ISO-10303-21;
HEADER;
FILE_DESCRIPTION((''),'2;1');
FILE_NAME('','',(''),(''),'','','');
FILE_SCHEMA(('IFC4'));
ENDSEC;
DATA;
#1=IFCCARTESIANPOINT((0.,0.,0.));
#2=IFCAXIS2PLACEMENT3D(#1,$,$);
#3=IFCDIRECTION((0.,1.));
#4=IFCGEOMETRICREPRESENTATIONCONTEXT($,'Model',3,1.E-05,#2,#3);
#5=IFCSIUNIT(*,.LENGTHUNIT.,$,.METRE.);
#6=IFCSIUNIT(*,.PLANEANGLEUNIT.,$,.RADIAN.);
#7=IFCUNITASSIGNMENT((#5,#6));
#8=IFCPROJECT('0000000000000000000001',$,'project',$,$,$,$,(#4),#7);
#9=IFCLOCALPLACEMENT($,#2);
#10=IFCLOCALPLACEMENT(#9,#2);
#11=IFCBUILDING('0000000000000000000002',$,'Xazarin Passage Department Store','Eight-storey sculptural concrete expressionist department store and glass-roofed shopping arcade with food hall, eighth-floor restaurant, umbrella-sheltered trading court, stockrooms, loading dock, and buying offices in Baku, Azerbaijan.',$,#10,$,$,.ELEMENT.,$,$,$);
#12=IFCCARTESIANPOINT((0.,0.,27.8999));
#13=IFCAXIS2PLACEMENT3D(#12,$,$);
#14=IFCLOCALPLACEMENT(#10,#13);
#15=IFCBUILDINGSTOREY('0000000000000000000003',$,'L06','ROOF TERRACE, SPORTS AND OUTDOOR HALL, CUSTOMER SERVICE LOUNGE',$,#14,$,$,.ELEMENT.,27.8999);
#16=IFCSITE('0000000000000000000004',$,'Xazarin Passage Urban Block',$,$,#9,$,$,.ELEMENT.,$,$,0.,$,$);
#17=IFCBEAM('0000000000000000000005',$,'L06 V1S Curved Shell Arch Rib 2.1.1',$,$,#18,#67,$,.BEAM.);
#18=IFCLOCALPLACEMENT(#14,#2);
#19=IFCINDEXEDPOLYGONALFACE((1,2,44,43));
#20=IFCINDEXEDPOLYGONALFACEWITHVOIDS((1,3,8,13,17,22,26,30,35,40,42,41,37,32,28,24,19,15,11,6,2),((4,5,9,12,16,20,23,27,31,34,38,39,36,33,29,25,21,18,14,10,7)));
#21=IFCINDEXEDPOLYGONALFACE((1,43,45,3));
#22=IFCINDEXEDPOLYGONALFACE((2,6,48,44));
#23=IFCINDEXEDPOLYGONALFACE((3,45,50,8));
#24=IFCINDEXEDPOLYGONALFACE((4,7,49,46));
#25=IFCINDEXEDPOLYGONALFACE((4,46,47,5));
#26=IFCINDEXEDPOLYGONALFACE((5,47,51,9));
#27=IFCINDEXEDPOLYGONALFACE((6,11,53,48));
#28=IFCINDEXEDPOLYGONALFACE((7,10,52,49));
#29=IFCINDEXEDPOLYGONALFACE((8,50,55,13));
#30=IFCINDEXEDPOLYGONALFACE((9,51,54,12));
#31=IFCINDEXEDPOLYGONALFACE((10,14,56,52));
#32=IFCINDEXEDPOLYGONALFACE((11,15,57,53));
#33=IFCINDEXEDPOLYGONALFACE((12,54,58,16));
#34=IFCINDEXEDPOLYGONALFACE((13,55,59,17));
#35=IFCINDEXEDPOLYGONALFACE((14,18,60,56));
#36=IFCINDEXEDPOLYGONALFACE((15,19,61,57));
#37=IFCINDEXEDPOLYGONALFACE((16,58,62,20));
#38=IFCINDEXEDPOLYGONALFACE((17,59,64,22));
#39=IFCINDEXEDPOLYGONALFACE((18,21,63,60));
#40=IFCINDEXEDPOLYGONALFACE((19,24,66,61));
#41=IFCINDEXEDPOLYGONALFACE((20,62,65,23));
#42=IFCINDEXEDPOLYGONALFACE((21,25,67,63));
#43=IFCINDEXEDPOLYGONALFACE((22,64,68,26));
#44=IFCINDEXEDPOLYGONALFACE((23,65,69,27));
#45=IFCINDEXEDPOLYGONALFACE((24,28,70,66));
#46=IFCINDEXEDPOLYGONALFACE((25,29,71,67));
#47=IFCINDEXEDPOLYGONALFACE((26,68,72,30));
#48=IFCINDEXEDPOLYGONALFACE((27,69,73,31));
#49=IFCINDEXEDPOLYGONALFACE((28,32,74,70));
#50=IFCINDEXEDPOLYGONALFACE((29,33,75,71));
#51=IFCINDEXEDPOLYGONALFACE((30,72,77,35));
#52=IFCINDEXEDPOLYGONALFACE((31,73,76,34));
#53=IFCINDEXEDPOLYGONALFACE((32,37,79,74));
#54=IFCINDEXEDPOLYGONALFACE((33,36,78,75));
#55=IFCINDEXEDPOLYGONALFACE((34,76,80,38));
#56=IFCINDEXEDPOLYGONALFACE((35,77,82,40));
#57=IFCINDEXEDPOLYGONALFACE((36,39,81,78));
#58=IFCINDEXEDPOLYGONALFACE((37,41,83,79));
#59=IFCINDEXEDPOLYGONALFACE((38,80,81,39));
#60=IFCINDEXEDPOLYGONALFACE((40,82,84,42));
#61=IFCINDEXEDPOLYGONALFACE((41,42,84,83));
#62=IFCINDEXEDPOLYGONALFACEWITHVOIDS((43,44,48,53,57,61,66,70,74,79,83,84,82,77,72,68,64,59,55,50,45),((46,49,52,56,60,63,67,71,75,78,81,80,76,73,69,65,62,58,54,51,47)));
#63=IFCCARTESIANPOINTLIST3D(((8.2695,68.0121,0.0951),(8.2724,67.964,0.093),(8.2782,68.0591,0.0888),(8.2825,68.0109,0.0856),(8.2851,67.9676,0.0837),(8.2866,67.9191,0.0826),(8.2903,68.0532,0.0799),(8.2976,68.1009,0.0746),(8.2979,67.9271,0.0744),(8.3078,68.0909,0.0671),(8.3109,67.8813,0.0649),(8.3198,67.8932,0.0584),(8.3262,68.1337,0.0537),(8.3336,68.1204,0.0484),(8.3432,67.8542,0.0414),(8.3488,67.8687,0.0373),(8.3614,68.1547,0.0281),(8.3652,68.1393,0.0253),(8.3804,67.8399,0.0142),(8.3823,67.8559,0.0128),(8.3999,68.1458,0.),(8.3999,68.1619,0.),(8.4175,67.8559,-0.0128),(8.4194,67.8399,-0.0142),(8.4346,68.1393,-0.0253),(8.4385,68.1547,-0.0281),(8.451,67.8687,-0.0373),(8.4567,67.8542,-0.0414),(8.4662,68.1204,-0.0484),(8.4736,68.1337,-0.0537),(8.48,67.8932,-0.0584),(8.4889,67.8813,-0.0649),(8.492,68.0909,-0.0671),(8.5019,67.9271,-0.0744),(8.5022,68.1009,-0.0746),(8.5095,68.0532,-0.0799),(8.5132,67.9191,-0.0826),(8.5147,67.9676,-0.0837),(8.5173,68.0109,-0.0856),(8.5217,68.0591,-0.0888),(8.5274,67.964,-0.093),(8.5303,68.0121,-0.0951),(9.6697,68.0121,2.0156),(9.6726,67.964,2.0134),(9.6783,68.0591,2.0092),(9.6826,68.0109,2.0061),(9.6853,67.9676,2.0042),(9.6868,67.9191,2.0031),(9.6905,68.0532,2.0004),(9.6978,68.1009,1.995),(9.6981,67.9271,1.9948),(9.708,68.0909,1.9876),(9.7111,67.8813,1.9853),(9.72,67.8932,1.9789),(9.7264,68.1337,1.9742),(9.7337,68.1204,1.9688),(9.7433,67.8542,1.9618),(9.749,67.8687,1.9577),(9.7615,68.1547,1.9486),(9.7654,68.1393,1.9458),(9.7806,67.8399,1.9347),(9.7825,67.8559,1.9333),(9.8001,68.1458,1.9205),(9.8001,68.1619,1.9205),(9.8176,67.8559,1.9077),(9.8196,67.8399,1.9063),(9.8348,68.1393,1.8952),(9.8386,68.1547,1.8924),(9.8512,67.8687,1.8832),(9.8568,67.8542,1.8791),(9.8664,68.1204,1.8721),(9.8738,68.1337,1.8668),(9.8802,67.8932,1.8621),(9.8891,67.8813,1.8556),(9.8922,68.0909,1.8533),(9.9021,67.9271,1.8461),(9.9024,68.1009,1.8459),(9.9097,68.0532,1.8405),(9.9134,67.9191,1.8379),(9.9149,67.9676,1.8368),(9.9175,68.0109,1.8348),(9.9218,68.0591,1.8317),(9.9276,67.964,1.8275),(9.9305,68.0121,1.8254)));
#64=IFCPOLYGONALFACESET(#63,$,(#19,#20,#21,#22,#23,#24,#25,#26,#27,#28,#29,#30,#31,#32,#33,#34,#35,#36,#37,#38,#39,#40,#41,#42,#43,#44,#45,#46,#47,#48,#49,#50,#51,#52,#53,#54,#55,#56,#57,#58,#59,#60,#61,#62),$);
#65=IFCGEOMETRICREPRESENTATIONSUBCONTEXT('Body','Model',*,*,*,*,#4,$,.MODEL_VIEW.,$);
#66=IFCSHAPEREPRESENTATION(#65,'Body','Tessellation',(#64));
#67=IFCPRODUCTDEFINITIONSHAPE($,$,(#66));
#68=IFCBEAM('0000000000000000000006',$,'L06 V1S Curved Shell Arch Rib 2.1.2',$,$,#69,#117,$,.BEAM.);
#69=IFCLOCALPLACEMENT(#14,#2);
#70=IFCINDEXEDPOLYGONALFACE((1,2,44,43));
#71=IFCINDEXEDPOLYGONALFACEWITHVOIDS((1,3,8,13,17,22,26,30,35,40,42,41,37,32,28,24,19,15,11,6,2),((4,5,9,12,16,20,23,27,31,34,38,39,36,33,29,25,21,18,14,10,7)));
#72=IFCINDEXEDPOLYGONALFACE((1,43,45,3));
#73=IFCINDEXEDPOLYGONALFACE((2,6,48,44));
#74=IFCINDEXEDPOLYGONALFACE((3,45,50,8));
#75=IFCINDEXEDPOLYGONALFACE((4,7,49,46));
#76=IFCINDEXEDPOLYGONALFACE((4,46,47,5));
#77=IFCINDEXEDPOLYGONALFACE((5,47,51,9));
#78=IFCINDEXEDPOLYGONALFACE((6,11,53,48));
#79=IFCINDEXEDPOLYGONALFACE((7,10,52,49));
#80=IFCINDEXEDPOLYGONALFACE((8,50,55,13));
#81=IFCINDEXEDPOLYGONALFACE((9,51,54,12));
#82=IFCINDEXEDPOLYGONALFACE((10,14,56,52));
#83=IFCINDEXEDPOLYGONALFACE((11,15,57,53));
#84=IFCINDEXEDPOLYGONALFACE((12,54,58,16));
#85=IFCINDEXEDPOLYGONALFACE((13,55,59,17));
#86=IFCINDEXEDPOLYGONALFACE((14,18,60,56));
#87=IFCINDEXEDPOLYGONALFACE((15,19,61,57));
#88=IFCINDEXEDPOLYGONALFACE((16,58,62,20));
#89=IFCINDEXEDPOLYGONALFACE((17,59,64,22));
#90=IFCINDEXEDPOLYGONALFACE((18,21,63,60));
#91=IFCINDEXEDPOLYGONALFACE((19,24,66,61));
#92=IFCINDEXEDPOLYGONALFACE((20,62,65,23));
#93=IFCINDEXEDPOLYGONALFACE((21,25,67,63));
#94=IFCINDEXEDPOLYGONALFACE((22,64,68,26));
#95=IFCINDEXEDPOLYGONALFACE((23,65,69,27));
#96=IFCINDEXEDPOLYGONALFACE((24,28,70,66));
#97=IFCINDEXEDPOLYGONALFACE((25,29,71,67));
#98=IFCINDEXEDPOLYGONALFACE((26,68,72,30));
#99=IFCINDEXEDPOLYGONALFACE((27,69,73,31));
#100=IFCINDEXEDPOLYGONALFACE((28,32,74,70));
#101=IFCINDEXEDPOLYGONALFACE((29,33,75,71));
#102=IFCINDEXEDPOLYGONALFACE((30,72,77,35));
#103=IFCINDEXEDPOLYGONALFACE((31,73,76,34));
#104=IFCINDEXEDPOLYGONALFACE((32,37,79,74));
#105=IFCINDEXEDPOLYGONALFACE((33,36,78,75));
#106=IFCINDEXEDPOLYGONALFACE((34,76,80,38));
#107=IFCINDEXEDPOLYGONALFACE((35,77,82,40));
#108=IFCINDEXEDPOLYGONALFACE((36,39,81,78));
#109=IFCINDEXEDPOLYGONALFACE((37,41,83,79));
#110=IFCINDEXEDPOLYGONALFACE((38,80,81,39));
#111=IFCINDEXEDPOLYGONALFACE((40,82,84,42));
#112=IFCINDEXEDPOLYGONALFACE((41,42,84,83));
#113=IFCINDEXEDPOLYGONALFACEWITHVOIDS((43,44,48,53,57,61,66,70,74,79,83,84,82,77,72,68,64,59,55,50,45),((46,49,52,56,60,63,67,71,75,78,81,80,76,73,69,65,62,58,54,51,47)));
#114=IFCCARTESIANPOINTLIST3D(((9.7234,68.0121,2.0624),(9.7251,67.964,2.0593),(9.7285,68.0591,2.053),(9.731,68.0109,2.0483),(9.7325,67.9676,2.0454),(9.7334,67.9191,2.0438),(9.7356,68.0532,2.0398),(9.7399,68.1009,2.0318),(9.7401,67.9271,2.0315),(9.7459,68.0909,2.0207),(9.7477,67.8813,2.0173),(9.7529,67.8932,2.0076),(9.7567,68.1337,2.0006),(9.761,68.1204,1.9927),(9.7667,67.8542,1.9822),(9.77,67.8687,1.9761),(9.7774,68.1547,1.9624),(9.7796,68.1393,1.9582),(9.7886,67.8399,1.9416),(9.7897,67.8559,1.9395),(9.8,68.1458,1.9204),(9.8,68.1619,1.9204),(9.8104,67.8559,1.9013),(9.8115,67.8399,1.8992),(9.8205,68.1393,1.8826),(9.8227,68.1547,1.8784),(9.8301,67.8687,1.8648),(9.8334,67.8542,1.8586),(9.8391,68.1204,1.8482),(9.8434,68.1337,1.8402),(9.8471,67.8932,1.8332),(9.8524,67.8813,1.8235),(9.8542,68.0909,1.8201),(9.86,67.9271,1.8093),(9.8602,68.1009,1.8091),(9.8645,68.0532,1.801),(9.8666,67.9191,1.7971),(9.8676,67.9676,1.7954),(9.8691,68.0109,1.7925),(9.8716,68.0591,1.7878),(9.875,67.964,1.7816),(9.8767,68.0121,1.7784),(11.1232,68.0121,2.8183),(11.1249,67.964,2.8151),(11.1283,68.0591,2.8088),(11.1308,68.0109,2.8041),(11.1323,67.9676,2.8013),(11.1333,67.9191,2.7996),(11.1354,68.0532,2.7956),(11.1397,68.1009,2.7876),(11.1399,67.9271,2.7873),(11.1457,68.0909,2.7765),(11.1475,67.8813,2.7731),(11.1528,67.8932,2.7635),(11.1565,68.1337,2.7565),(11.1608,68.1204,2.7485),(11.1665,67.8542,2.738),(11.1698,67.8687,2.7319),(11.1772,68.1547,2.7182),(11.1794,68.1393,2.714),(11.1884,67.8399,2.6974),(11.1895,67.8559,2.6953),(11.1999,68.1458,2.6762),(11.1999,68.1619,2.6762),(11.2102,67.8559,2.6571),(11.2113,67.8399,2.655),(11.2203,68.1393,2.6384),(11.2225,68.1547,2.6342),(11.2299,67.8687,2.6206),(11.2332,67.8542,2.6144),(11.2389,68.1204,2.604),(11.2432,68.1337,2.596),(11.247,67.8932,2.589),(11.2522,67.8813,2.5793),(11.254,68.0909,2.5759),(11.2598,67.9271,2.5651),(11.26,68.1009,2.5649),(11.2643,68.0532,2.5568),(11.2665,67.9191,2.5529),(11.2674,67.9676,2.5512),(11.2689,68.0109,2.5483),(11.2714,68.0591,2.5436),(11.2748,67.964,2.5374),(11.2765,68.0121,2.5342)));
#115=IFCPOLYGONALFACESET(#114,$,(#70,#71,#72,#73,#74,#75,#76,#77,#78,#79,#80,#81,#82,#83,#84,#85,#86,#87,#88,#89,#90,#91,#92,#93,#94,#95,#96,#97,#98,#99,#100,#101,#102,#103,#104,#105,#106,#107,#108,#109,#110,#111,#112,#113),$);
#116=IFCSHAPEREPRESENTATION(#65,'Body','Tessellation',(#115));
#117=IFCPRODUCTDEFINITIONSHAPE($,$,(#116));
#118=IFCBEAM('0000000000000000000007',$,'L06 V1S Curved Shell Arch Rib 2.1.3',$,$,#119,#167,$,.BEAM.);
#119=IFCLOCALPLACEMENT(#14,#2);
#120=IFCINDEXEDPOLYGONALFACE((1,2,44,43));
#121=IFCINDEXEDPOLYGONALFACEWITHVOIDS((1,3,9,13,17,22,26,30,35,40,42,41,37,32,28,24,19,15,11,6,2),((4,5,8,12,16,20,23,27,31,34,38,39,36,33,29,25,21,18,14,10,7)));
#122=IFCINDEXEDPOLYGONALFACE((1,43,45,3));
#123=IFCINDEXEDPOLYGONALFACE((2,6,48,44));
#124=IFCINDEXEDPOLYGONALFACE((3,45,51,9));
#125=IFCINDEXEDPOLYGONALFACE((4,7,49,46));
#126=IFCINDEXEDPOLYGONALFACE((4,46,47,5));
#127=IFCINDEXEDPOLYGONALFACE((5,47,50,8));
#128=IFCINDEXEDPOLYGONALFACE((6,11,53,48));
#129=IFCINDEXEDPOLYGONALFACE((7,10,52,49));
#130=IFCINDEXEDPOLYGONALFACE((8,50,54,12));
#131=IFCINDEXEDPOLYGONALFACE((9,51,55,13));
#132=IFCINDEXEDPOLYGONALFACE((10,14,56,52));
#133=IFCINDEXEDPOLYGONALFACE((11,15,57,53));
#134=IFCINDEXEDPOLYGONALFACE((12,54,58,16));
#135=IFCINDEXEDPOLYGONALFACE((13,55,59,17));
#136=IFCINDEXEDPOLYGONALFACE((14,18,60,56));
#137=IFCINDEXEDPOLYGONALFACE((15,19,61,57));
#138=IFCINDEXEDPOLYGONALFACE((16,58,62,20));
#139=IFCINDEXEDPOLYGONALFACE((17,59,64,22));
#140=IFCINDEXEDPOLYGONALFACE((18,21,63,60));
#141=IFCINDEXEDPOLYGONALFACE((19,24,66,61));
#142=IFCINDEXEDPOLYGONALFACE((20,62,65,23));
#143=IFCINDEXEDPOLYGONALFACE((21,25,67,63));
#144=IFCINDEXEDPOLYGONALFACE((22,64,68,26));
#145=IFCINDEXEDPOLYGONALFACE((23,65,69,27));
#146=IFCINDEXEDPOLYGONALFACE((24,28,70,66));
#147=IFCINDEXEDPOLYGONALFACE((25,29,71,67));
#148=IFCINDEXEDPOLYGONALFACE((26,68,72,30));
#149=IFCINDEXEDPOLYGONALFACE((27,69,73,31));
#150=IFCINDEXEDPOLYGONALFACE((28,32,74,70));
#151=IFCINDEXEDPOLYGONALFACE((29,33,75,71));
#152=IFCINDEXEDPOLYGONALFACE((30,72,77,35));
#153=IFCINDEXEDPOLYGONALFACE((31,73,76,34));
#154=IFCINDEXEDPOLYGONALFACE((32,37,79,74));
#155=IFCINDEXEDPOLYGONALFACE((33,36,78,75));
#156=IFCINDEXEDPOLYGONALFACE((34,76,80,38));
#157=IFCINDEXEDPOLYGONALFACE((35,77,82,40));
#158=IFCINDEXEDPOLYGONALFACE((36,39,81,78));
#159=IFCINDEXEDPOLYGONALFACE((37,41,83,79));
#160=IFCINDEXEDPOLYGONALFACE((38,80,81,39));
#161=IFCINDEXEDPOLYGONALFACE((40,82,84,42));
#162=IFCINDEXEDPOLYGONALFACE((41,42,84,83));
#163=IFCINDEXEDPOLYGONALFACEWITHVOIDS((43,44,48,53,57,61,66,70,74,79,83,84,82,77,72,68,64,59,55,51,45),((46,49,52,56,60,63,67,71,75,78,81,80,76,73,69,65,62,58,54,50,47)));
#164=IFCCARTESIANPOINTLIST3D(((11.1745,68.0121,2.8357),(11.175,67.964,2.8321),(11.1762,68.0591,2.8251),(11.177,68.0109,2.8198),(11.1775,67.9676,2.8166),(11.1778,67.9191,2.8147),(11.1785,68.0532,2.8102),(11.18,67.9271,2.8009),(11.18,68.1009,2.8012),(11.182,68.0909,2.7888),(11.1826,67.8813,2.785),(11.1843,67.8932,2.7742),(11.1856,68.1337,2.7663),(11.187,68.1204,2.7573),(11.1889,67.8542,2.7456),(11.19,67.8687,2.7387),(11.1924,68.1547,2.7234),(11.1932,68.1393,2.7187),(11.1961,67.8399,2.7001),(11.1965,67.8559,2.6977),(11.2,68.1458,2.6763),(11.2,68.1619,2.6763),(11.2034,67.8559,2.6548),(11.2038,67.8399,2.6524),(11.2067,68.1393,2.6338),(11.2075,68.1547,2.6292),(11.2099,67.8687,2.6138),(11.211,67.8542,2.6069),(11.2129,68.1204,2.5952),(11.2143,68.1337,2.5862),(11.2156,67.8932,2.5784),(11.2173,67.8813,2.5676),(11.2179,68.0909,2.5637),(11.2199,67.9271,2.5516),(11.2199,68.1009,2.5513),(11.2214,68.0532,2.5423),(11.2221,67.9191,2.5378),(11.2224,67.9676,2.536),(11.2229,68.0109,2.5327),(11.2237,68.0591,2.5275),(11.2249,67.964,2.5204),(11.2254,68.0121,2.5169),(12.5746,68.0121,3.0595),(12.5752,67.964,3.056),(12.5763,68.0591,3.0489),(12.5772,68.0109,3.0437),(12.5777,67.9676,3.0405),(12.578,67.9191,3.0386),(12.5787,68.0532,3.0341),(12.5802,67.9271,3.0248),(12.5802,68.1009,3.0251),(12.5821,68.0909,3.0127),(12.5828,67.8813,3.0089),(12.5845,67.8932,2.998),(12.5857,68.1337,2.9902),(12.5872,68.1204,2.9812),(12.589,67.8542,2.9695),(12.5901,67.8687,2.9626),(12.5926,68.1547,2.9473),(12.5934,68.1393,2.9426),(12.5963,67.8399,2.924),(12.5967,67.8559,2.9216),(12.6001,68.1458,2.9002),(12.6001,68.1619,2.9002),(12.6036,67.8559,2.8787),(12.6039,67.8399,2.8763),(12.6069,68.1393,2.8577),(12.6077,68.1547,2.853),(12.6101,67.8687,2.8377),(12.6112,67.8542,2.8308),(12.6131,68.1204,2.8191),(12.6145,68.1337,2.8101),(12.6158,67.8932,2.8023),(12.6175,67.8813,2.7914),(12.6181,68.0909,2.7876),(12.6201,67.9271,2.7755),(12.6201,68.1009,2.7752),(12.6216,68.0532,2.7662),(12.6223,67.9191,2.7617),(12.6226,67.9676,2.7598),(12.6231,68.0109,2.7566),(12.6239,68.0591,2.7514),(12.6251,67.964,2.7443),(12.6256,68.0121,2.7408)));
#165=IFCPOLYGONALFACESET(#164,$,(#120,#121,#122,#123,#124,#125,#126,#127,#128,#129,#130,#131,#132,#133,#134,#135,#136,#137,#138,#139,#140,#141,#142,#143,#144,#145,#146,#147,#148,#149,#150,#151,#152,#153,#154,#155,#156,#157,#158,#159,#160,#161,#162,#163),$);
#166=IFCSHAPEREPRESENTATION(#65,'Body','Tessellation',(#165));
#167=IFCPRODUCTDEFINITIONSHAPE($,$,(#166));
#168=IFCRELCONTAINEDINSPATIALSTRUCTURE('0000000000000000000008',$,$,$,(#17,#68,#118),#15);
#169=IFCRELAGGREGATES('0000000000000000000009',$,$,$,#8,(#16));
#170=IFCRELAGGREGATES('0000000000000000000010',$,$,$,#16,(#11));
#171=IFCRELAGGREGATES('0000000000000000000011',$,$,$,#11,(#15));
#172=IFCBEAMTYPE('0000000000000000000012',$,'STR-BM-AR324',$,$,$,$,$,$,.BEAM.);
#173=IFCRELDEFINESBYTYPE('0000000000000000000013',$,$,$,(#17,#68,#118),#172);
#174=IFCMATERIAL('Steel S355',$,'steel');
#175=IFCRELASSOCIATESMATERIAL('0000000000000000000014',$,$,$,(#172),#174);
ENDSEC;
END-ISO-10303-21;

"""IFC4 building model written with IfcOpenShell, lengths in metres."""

from ifc_helpers import new_model, si_unit, direction, frame, origin, origin_2d, place, context, subcontext, project, spatial, hollow_circle, extrude, material, material_profile, profile_set, type_object, element, save


model = new_model("IFC4")

# Units and contexts
model_context = context("Model", 3, precision=1e-05, world=origin(), true_north=direction((0.0, 1.0)))
body_context = subcontext(model_context, "Body", "Model", "MODEL_VIEW")
ifc_project = project(units=[si_unit("LENGTHUNIT", "METRE"), si_unit("PLANEANGLEUNIT", "RADIAN")], contexts=[model_context])

# Site, building, storey
site_placement = place(None, origin())
site = spatial("IfcSite", under=ifc_project, at=site_placement, Name="Xazarin Passage Urban Block", CompositionType="ELEMENT", RefElevation=0.0)
building_placement = place(site_placement, origin())
building = spatial("IfcBuilding", under=site, at=building_placement, Name="Xazarin Passage Department Store", Description="Eight-storey sculptural concrete expressionist department store and glass-roofed shopping arcade with food hall, eighth-floor restaurant, umbrella-sheltered trading court, stockrooms, loading dock, and buying offices in Baku, Azerbaijan.", CompositionType="ELEMENT")
storey_placement = place(building_placement, frame((0.0, 0.0, 27.8999)))
storey = spatial("IfcBuildingStorey", under=building, at=storey_placement, Name="L06", Description="ROOF TERRACE, SPORTS AND OUTDOOR HALL, CUSTOMER SERVICE LOUNGE", CompositionType="ELEMENT", Elevation=27.8999)

# Beams
ifc_material_1 = material(Name="Steel S355", Category="steel")
ifc_material_profile_1 = material_profile(ifc_material_1, hollow_circle(Radius=0.1619, WallThickness=0.0161, at=origin_2d()), Name="CHS 323.9x16")
ifc_profile_set_1 = profile_set([ifc_material_profile_1], Name="Steel S355")
beam_type_1 = type_object("IfcBeamType", Name="STR-BM-AR324", PredefinedType="BEAM", material=ifc_profile_set_1)
beam_1_placement = place(storey_placement, frame((8.3999, 68.0, 0.0), z_axis=(0.58913, 0.0, 0.808038), x_axis=(0.0, 1.0, 0.0)))
element("IfcBeam", 1, at=beam_1_placement, inside=storey, type_object=beam_type_1, Name="L06 V1S Curved Shell Arch Rib 2.1.1", PredefinedType="BEAM", context=body_context, shape_type="SweptSolid", body=[
    extrude(hollow_circle(Radius=0.1619, WallThickness=0.0161, at=origin_2d()), origin(), (0.0, 0.0, 1.0), 2.3767),
])
beam_2_placement = place(storey_placement, frame((9.8, 68.0, 1.9204), z_axis=(0.879928, 0.0, 0.475106), x_axis=(0.0, 1.0, 0.0)))
element("IfcBeam", 2, at=beam_2_placement, inside=storey, type_object=beam_type_1, Name="L06 V1S Curved Shell Arch Rib 2.1.2", PredefinedType="BEAM", context=body_context, shape_type="SweptSolid", body=[
    extrude(hollow_circle(Radius=0.1619, WallThickness=0.0161, at=origin_2d()), origin(), (0.0, 0.0, 1.0), 1.5908),
])
beam_3_placement = place(storey_placement, frame((11.2, 68.0, 2.6763), z_axis=(0.987457, 0.0, 0.15789), x_axis=(0.0, 1.0, 0.0)))
element("IfcBeam", 3, at=beam_3_placement, inside=storey, type_object=beam_type_1, Name="L06 V1S Curved Shell Arch Rib 2.1.3", PredefinedType="BEAM", context=body_context, shape_type="SweptSolid", body=[
    extrude(hollow_circle(Radius=0.1619, WallThickness=0.0161, at=origin_2d()), origin(), (0.0, 0.0, 1.0), 1.418),
])

save(model, "model.ifc")
